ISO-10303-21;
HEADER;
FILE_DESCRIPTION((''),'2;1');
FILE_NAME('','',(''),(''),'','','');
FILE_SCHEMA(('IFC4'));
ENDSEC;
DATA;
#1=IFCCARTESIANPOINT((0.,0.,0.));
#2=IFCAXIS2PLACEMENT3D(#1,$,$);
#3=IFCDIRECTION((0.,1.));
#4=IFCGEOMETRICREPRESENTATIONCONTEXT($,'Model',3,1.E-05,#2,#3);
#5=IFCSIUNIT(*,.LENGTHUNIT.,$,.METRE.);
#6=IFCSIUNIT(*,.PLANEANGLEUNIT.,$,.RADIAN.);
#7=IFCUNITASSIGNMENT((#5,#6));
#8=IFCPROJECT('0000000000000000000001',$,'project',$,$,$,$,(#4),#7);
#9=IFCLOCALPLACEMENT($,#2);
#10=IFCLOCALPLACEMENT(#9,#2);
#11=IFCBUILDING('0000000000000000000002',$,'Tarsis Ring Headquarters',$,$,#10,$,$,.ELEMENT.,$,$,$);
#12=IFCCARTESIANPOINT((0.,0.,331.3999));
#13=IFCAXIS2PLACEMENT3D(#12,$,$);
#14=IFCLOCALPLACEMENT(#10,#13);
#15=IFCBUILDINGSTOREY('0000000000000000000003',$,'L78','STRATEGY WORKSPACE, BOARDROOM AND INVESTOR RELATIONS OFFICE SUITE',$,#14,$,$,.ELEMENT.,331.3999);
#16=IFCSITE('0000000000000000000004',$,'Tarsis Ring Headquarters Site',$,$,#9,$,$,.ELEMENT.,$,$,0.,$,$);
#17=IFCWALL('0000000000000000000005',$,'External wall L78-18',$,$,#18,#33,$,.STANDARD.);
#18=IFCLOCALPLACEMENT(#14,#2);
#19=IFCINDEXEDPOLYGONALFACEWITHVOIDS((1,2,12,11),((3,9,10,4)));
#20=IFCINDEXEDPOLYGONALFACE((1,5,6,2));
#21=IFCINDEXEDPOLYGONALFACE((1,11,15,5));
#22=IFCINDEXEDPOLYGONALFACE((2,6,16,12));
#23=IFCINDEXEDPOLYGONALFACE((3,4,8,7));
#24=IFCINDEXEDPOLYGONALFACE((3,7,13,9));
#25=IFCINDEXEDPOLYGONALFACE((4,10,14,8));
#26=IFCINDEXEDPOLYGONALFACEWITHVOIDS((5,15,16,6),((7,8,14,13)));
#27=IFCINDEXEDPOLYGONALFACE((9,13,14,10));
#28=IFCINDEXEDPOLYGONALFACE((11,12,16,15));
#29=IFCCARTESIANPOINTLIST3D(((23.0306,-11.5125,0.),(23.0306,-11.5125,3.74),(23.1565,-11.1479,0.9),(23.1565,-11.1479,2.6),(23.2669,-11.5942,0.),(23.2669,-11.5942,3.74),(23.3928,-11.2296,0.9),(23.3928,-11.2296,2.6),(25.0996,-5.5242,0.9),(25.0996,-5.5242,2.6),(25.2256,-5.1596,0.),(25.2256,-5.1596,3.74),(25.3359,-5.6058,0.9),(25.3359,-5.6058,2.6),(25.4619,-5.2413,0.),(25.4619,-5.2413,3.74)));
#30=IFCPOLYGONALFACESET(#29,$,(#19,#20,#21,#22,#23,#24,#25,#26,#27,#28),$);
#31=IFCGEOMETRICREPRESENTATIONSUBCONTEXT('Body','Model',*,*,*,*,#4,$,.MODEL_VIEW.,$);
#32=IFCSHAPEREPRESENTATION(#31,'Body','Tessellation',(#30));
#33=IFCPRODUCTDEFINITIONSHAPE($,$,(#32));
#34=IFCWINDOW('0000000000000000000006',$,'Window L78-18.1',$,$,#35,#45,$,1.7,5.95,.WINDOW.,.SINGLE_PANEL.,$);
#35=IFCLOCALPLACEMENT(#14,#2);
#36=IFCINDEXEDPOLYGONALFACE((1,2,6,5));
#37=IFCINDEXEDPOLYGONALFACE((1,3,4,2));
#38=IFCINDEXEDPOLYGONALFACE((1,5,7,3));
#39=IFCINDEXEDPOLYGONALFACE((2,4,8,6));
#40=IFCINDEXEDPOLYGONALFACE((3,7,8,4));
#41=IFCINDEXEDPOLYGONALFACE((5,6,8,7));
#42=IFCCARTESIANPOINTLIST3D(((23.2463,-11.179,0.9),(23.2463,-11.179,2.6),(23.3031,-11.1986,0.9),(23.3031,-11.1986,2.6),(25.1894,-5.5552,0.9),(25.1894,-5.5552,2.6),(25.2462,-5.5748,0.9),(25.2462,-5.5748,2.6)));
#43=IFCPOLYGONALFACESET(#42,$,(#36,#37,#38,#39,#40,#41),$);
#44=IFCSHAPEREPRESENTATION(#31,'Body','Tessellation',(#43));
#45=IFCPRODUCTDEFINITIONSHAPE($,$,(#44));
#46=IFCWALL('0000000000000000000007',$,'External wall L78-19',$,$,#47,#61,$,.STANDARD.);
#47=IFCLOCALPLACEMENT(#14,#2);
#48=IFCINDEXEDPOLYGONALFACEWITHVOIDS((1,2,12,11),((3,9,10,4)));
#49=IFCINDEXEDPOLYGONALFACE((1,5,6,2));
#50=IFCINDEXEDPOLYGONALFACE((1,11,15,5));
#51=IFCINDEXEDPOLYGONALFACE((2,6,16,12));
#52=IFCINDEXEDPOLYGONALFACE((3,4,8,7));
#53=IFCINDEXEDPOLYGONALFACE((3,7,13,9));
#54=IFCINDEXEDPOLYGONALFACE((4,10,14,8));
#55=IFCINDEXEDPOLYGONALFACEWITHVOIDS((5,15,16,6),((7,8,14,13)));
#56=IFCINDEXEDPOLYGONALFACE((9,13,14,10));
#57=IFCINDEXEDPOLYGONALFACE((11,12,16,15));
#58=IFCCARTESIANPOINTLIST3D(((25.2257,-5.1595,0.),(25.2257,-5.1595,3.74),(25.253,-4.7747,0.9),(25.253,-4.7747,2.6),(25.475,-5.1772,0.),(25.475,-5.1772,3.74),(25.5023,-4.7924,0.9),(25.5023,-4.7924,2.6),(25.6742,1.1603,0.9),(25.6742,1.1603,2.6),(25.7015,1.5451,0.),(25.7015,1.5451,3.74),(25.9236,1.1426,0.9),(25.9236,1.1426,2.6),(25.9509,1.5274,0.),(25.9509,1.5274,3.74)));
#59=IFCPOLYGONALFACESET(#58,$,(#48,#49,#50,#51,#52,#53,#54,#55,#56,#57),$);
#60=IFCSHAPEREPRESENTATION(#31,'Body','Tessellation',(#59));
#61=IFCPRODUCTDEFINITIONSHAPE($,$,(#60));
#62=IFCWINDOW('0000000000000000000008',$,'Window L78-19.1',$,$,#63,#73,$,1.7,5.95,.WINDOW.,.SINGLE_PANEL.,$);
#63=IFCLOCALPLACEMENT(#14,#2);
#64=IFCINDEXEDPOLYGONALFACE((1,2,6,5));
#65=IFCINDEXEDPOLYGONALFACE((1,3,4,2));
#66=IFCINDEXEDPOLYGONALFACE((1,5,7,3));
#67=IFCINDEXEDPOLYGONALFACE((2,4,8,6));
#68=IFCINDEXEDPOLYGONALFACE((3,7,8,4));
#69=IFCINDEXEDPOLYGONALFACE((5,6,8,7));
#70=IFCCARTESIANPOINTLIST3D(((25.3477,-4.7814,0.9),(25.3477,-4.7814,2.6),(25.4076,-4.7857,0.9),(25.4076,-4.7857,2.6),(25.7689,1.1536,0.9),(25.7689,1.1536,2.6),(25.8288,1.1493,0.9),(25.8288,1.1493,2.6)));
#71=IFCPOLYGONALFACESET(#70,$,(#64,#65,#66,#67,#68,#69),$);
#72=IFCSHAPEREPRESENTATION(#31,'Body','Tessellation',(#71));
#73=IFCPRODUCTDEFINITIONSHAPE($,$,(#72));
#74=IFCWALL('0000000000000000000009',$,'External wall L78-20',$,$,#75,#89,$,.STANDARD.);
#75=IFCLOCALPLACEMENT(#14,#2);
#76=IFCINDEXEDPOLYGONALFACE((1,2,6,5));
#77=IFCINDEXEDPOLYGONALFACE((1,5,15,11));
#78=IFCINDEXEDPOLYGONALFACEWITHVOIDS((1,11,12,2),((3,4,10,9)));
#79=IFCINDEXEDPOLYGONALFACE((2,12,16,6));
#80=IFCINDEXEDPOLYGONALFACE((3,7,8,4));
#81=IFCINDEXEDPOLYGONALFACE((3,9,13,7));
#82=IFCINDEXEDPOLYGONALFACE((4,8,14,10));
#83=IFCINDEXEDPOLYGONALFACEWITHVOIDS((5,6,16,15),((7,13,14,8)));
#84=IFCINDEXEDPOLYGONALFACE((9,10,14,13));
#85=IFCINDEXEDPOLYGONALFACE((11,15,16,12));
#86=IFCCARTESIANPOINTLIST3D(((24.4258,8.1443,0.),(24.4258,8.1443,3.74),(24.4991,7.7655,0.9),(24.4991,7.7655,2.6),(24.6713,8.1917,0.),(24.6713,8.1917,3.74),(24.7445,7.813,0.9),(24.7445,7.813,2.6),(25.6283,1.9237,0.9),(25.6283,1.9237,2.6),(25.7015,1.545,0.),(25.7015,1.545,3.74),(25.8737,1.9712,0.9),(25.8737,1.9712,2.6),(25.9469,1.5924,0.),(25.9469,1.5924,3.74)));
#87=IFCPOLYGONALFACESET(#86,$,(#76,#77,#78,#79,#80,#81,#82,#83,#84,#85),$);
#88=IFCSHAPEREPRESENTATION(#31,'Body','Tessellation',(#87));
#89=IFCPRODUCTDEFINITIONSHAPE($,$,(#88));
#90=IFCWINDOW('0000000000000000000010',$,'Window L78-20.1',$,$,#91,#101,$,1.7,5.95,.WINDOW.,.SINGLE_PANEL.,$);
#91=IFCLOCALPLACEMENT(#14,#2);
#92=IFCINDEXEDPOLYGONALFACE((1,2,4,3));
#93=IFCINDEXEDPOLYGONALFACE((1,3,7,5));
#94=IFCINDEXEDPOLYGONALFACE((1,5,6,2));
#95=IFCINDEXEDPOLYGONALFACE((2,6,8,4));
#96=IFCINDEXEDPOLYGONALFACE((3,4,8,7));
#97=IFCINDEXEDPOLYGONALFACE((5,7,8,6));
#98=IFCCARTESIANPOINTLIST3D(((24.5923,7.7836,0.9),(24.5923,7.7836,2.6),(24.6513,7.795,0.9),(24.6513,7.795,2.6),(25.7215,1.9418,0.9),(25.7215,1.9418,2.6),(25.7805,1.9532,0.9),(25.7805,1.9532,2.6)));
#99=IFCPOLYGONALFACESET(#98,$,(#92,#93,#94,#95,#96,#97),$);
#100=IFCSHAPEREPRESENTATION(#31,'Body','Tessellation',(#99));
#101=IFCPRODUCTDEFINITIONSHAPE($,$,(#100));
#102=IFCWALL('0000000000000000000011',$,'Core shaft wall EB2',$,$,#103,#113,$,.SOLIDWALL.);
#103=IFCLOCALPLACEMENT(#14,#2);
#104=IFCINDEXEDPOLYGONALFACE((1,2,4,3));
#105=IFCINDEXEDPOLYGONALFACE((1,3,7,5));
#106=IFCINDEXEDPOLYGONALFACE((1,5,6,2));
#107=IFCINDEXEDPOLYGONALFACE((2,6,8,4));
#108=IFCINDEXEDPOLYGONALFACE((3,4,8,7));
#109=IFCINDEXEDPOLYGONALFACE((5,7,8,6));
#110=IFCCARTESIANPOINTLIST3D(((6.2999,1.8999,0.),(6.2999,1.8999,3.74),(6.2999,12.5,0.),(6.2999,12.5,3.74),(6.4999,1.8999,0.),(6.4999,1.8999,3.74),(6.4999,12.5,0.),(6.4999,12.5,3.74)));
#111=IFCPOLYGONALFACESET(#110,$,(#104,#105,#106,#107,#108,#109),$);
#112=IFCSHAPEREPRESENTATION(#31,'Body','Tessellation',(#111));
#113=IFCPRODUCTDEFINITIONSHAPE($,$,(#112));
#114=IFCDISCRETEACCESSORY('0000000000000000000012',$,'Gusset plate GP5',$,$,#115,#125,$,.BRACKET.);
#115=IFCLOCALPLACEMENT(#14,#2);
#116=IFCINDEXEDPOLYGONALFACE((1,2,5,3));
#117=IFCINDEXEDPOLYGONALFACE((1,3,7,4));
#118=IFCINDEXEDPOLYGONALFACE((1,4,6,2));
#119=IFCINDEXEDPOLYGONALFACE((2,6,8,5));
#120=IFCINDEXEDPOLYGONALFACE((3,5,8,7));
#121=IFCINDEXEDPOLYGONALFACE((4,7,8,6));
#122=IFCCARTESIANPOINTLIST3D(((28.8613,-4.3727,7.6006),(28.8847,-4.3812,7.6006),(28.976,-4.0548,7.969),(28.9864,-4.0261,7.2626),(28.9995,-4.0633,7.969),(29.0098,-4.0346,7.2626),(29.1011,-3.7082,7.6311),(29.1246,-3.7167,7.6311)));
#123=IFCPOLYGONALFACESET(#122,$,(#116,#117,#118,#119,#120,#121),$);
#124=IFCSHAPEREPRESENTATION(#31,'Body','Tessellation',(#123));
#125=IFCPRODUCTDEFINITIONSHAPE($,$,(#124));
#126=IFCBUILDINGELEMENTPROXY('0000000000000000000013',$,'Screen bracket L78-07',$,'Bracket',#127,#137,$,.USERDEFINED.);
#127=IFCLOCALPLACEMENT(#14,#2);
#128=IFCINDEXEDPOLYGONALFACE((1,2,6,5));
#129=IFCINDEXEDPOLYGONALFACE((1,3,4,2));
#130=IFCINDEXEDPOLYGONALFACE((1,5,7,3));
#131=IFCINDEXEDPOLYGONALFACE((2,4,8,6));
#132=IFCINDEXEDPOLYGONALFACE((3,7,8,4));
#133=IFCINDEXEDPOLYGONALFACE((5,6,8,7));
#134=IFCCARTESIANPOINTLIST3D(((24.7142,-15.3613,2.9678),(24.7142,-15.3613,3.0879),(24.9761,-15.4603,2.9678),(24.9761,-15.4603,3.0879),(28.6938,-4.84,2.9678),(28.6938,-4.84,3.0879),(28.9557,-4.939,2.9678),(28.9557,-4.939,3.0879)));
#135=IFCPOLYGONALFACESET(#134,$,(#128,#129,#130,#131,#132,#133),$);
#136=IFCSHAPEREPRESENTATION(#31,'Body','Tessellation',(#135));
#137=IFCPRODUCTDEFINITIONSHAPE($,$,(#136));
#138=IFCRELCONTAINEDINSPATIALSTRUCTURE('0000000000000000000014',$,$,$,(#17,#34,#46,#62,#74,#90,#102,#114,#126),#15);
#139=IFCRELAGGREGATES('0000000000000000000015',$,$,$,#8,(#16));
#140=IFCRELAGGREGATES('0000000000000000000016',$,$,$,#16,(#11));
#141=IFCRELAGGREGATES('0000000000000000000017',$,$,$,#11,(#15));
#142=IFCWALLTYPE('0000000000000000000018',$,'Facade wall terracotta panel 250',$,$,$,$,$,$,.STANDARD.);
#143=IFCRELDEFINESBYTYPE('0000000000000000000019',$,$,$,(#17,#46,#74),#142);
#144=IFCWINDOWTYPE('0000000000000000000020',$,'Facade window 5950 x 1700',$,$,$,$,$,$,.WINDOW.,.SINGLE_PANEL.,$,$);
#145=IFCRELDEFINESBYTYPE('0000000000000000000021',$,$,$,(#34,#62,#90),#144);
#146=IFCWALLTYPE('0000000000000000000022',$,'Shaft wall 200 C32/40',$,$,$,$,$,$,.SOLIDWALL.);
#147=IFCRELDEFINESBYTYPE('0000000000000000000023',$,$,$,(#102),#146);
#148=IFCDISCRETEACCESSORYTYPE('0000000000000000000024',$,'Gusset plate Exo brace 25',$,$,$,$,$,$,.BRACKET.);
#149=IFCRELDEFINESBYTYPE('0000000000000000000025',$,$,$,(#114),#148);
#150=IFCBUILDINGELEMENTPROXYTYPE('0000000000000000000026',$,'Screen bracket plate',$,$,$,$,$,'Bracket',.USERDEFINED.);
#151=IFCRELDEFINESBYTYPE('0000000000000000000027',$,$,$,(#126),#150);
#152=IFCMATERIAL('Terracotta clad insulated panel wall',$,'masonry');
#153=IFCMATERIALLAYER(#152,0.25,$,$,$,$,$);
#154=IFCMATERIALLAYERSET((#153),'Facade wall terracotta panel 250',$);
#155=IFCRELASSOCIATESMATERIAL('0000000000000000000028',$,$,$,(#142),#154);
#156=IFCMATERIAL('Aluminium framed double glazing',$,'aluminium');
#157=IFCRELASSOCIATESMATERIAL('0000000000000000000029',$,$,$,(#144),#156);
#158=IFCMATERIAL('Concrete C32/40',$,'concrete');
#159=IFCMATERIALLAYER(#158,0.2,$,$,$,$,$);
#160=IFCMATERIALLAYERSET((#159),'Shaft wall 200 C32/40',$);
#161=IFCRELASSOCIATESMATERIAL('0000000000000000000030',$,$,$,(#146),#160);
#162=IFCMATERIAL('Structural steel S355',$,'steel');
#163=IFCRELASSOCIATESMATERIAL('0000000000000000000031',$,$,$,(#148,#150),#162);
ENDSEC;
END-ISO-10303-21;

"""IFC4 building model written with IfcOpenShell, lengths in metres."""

from ifc_helpers import new_model, si_unit, direction, frame, frame_2d, origin, origin_2d, place, context, subcontext, project, spatial, rectangle, extrude, material, layer, layer_set, material_profile, profile_set, type_object, element, fill, save


model = new_model("IFC4")

# Units and contexts
model_context = context("Model", 3, precision=1e-05, world=origin(), true_north=direction((0.0, 1.0)))
body_context = subcontext(model_context, "Body", "Model", "MODEL_VIEW")
ifc_project = project(units=[si_unit("LENGTHUNIT", "METRE"), si_unit("PLANEANGLEUNIT", "RADIAN")], contexts=[model_context])

# Site, building, storey
site_placement = place(None, origin())
site = spatial("IfcSite", under=ifc_project, at=site_placement, Name="Tarsis Ring Headquarters Site", CompositionType="ELEMENT", RefElevation=0.0)
building_placement = place(site_placement, origin())
building = spatial("IfcBuilding", under=site, at=building_placement, Name="Tarsis Ring Headquarters", CompositionType="ELEMENT")
storey_placement = place(building_placement, frame((0.0, 0.0, 331.3999)))
storey = spatial("IfcBuildingStorey", under=building, at=storey_placement, Name="L78", Description="STRATEGY WORKSPACE, BOARDROOM AND INVESTOR RELATIONS OFFICE SUITE", CompositionType="ELEMENT", Elevation=331.3999)

# Shared definitions
ifc_material_1 = material(Name="Structural steel S355", Category="steel")

# Walls, openings, windows
ifc_material_2 = material(Name="Terracotta clad insulated panel wall", Category="masonry")
ifc_layer_1 = layer(ifc_material_2, 0.25)
ifc_layer_set_1 = layer_set([ifc_layer_1], Name="Facade wall terracotta panel 250")
wall_type_1 = type_object("IfcWallType", Name="Facade wall terracotta panel 250", PredefinedType="STANDARD", material=ifc_layer_set_1)
wall_1_placement = place(storey_placement, frame((23.1487, -11.5535, 0.0), z_axis=(0.0, 0.0, 1.0), x_axis=(0.326572, 0.945172, 0.0)))
wall_1 = element("IfcWall", 1, at=wall_1_placement, inside=storey, type_object=wall_type_1, Name="External wall L78-18", PredefinedType="STANDARD", context=body_context, shape_type="SweptSolid", body=[
    extrude(rectangle(XDim=6.7214, YDim=0.25, at=frame_2d((3.3608, 0.0))), origin(), (0.0, 0.0, 1.0), 3.74),
])
opening_1_placement = place(wall_1_placement, frame((0.3857, 0.0, 0.8999)))
opening_1 = element("IfcOpeningElement", 2, at=opening_1_placement, cuts=wall_1, PredefinedType="OPENING", context=body_context, shape_type="SweptSolid", body=[
    extrude(rectangle(XDim=5.95, YDim=1.7, at=frame_2d((2.9751, 0.8501))), frame((0.0, 0.135, 0.0), z_axis=(0.0, -1.0, 0.0), x_axis=(1.0, 0.0, 0.0)), (0.0, 0.0, 1.0), 0.27),
])
ifc_material_3 = material(Name="Aluminium framed double glazing", Category="aluminium")
window_type = type_object("IfcWindowType", Name="Facade window 5950 x 1700", PartitioningType="SINGLE_PANEL", PredefinedType="WINDOW", material=ifc_material_3)
window_1_placement = place(opening_1_placement, origin())
window_1 = element("IfcWindow", 3, at=window_1_placement, inside=storey, type_object=window_type, Name="Window L78-18.1", OverallHeight=1.7, OverallWidth=5.95, PartitioningType="SINGLE_PANEL", PredefinedType="WINDOW", context=body_context, shape_type="SweptSolid", body=[
    extrude(rectangle(XDim=5.95, YDim=1.7, at=frame_2d((2.9751, 0.8501))), frame((0.0, 0.03, 0.0), z_axis=(0.0, -1.0, 0.0), x_axis=(1.0, 0.0, 0.0)), (0.0, 0.0, 1.0), 0.0601),
])
fill(opening_1, window_1)
wall_2_placement = place(storey_placement, frame((25.3503, -5.1685, 0.0), z_axis=(0.0, 0.0, 1.0), x_axis=(0.070793, 0.997491, 0.0)))
wall_2 = element("IfcWall", 4, at=wall_2_placement, inside=storey, type_object=wall_type_1, Name="External wall L78-19", PredefinedType="STANDARD", context=body_context, shape_type="SweptSolid", body=[
    extrude(rectangle(XDim=6.7214, YDim=0.25, at=frame_2d((3.3608, 0.0))), origin(), (0.0, 0.0, 1.0), 3.74),
])
opening_2_placement = place(wall_2_placement, frame((0.3857, 0.0, 0.8999)))
opening_2 = element("IfcOpeningElement", 5, at=opening_2_placement, cuts=wall_2, PredefinedType="OPENING", context=body_context, shape_type="SweptSolid", body=[
    extrude(rectangle(XDim=5.95, YDim=1.7, at=frame_2d((2.9751, 0.8501))), frame((0.0, 0.135, 0.0), z_axis=(0.0, -1.0, 0.0), x_axis=(1.0, 0.0, 0.0)), (0.0, 0.0, 1.0), 0.27),
])
window_2_placement = place(opening_2_placement, origin())
window_2 = element("IfcWindow", 6, at=window_2_placement, inside=storey, type_object=window_type, Name="Window L78-19.1", OverallHeight=1.7, OverallWidth=5.95, PartitioningType="SINGLE_PANEL", PredefinedType="WINDOW", context=body_context, shape_type="SweptSolid", body=[
    extrude(rectangle(XDim=5.95, YDim=1.7, at=frame_2d((2.9751, 0.8501))), frame((0.0, 0.03, 0.0), z_axis=(0.0, -1.0, 0.0), x_axis=(1.0, 0.0, 0.0)), (0.0, 0.0, 1.0), 0.0601),
])
fill(opening_2, window_2)
wall_3_placement = place(storey_placement, frame((25.8242, 1.5686, 0.0), z_axis=(0.0, 0.0, 1.0), x_axis=(-0.189784, 0.981826, 0.0)))
wall_3 = element("IfcWall", 7, at=wall_3_placement, inside=storey, type_object=wall_type_1, Name="External wall L78-20", PredefinedType="STANDARD", context=body_context, shape_type="SweptSolid", body=[
    extrude(rectangle(XDim=6.7214, YDim=0.25, at=frame_2d((3.3608, 0.0))), origin(), (0.0, 0.0, 1.0), 3.74),
])
opening_3_placement = place(wall_3_placement, frame((0.3857, 0.0, 0.8999)))
opening_3 = element("IfcOpeningElement", 8, at=opening_3_placement, cuts=wall_3, PredefinedType="OPENING", context=body_context, shape_type="SweptSolid", body=[
    extrude(rectangle(XDim=5.95, YDim=1.7, at=frame_2d((2.9751, 0.8501))), frame((0.0, 0.135, 0.0), z_axis=(0.0, -1.0, 0.0), x_axis=(1.0, 0.0, 0.0)), (0.0, 0.0, 1.0), 0.27),
])
window_3_placement = place(opening_3_placement, origin())
window_3 = element("IfcWindow", 9, at=window_3_placement, inside=storey, type_object=window_type, Name="Window L78-20.1", OverallHeight=1.7, OverallWidth=5.95, PartitioningType="SINGLE_PANEL", PredefinedType="WINDOW", context=body_context, shape_type="SweptSolid", body=[
    extrude(rectangle(XDim=5.95, YDim=1.7, at=frame_2d((2.9751, 0.8501))), frame((0.0, 0.03, 0.0), z_axis=(0.0, -1.0, 0.0), x_axis=(1.0, 0.0, 0.0)), (0.0, 0.0, 1.0), 0.0601),
])
fill(opening_3, window_3)

# Wall
ifc_material_4 = material(Name="Concrete C32/40", Category="concrete")
ifc_layer_2 = layer(ifc_material_4, 0.2)
ifc_layer_set_2 = layer_set([ifc_layer_2], Name="Shaft wall 200 C32/40")
wall_type_2 = type_object("IfcWallType", Name="Shaft wall 200 C32/40", PredefinedType="SOLIDWALL", material=ifc_layer_set_2)
wall_4_placement = place(storey_placement, frame((6.3999, 1.8999, 0.0), z_axis=(0.0, 0.0, 1.0), x_axis=(0.0, 1.0, 0.0)))
element("IfcWall", 10, at=wall_4_placement, inside=storey, type_object=wall_type_2, Name="Core shaft wall EB2", PredefinedType="SOLIDWALL", context=body_context, shape_type="SweptSolid", body=[
    extrude(rectangle(XDim=10.6001, YDim=0.2, at=frame_2d((5.3, 0.0))), origin(), (0.0, 0.0, 1.0), 3.74),
])

# Discrete accessory
ifc_material_profile_1 = material_profile(ifc_material_1, rectangle(XDim=0.0249, YDim=0.5, at=origin_2d()), Name="PL 25x500")
ifc_profile_set_1 = profile_set([ifc_material_profile_1], Name="Structural steel S355")
discrete_accessory_type = type_object("IfcDiscreteAccessoryType", Name="Gusset plate Exo brace 25", PredefinedType="BRACKET", material=ifc_profile_set_1)
discrete_accessory_placement = place(storey_placement, frame((29.0503, -3.8857, 7.8), z_axis=(-0.229523, -0.635827, -0.736915), x_axis=(0.940592, -0.339538, 0.0)))
element("IfcDiscreteAccessory", 11, at=discrete_accessory_placement, inside=storey, type_object=discrete_accessory_type, Name="Gusset plate GP5", PredefinedType="BRACKET", context=body_context, shape_type="SweptSolid", body=[
    extrude(rectangle(XDim=0.0249, YDim=0.5, at=origin_2d()), origin(), (0.0, 0.0, 1.0), 0.5),
])

# Building element proxy
building_element_proxy_type = type_object("IfcBuildingElementProxyType", Name="Screen bracket plate", ElementType="Bracket", PredefinedType="USERDEFINED", material=ifc_material_1)
proxy_placement = place(storey_placement, frame((26.835, -10.1501, 2.9678), z_axis=(0.0, 0.0, 1.0), x_axis=(0.353781, 0.935328, 0.0)))
element("IfcBuildingElementProxy", 12, at=proxy_placement, inside=storey, type_object=building_element_proxy_type, Name="Screen bracket L78-07", ObjectType="Bracket", PredefinedType="USERDEFINED", context=body_context, shape_type="SweptSolid", body=[
    extrude(rectangle(XDim=11.2488, YDim=0.28, at=origin_2d()), origin(), (0.0, 0.0, 1.0), 0.1201),
])

save(model, "model.ifc")
